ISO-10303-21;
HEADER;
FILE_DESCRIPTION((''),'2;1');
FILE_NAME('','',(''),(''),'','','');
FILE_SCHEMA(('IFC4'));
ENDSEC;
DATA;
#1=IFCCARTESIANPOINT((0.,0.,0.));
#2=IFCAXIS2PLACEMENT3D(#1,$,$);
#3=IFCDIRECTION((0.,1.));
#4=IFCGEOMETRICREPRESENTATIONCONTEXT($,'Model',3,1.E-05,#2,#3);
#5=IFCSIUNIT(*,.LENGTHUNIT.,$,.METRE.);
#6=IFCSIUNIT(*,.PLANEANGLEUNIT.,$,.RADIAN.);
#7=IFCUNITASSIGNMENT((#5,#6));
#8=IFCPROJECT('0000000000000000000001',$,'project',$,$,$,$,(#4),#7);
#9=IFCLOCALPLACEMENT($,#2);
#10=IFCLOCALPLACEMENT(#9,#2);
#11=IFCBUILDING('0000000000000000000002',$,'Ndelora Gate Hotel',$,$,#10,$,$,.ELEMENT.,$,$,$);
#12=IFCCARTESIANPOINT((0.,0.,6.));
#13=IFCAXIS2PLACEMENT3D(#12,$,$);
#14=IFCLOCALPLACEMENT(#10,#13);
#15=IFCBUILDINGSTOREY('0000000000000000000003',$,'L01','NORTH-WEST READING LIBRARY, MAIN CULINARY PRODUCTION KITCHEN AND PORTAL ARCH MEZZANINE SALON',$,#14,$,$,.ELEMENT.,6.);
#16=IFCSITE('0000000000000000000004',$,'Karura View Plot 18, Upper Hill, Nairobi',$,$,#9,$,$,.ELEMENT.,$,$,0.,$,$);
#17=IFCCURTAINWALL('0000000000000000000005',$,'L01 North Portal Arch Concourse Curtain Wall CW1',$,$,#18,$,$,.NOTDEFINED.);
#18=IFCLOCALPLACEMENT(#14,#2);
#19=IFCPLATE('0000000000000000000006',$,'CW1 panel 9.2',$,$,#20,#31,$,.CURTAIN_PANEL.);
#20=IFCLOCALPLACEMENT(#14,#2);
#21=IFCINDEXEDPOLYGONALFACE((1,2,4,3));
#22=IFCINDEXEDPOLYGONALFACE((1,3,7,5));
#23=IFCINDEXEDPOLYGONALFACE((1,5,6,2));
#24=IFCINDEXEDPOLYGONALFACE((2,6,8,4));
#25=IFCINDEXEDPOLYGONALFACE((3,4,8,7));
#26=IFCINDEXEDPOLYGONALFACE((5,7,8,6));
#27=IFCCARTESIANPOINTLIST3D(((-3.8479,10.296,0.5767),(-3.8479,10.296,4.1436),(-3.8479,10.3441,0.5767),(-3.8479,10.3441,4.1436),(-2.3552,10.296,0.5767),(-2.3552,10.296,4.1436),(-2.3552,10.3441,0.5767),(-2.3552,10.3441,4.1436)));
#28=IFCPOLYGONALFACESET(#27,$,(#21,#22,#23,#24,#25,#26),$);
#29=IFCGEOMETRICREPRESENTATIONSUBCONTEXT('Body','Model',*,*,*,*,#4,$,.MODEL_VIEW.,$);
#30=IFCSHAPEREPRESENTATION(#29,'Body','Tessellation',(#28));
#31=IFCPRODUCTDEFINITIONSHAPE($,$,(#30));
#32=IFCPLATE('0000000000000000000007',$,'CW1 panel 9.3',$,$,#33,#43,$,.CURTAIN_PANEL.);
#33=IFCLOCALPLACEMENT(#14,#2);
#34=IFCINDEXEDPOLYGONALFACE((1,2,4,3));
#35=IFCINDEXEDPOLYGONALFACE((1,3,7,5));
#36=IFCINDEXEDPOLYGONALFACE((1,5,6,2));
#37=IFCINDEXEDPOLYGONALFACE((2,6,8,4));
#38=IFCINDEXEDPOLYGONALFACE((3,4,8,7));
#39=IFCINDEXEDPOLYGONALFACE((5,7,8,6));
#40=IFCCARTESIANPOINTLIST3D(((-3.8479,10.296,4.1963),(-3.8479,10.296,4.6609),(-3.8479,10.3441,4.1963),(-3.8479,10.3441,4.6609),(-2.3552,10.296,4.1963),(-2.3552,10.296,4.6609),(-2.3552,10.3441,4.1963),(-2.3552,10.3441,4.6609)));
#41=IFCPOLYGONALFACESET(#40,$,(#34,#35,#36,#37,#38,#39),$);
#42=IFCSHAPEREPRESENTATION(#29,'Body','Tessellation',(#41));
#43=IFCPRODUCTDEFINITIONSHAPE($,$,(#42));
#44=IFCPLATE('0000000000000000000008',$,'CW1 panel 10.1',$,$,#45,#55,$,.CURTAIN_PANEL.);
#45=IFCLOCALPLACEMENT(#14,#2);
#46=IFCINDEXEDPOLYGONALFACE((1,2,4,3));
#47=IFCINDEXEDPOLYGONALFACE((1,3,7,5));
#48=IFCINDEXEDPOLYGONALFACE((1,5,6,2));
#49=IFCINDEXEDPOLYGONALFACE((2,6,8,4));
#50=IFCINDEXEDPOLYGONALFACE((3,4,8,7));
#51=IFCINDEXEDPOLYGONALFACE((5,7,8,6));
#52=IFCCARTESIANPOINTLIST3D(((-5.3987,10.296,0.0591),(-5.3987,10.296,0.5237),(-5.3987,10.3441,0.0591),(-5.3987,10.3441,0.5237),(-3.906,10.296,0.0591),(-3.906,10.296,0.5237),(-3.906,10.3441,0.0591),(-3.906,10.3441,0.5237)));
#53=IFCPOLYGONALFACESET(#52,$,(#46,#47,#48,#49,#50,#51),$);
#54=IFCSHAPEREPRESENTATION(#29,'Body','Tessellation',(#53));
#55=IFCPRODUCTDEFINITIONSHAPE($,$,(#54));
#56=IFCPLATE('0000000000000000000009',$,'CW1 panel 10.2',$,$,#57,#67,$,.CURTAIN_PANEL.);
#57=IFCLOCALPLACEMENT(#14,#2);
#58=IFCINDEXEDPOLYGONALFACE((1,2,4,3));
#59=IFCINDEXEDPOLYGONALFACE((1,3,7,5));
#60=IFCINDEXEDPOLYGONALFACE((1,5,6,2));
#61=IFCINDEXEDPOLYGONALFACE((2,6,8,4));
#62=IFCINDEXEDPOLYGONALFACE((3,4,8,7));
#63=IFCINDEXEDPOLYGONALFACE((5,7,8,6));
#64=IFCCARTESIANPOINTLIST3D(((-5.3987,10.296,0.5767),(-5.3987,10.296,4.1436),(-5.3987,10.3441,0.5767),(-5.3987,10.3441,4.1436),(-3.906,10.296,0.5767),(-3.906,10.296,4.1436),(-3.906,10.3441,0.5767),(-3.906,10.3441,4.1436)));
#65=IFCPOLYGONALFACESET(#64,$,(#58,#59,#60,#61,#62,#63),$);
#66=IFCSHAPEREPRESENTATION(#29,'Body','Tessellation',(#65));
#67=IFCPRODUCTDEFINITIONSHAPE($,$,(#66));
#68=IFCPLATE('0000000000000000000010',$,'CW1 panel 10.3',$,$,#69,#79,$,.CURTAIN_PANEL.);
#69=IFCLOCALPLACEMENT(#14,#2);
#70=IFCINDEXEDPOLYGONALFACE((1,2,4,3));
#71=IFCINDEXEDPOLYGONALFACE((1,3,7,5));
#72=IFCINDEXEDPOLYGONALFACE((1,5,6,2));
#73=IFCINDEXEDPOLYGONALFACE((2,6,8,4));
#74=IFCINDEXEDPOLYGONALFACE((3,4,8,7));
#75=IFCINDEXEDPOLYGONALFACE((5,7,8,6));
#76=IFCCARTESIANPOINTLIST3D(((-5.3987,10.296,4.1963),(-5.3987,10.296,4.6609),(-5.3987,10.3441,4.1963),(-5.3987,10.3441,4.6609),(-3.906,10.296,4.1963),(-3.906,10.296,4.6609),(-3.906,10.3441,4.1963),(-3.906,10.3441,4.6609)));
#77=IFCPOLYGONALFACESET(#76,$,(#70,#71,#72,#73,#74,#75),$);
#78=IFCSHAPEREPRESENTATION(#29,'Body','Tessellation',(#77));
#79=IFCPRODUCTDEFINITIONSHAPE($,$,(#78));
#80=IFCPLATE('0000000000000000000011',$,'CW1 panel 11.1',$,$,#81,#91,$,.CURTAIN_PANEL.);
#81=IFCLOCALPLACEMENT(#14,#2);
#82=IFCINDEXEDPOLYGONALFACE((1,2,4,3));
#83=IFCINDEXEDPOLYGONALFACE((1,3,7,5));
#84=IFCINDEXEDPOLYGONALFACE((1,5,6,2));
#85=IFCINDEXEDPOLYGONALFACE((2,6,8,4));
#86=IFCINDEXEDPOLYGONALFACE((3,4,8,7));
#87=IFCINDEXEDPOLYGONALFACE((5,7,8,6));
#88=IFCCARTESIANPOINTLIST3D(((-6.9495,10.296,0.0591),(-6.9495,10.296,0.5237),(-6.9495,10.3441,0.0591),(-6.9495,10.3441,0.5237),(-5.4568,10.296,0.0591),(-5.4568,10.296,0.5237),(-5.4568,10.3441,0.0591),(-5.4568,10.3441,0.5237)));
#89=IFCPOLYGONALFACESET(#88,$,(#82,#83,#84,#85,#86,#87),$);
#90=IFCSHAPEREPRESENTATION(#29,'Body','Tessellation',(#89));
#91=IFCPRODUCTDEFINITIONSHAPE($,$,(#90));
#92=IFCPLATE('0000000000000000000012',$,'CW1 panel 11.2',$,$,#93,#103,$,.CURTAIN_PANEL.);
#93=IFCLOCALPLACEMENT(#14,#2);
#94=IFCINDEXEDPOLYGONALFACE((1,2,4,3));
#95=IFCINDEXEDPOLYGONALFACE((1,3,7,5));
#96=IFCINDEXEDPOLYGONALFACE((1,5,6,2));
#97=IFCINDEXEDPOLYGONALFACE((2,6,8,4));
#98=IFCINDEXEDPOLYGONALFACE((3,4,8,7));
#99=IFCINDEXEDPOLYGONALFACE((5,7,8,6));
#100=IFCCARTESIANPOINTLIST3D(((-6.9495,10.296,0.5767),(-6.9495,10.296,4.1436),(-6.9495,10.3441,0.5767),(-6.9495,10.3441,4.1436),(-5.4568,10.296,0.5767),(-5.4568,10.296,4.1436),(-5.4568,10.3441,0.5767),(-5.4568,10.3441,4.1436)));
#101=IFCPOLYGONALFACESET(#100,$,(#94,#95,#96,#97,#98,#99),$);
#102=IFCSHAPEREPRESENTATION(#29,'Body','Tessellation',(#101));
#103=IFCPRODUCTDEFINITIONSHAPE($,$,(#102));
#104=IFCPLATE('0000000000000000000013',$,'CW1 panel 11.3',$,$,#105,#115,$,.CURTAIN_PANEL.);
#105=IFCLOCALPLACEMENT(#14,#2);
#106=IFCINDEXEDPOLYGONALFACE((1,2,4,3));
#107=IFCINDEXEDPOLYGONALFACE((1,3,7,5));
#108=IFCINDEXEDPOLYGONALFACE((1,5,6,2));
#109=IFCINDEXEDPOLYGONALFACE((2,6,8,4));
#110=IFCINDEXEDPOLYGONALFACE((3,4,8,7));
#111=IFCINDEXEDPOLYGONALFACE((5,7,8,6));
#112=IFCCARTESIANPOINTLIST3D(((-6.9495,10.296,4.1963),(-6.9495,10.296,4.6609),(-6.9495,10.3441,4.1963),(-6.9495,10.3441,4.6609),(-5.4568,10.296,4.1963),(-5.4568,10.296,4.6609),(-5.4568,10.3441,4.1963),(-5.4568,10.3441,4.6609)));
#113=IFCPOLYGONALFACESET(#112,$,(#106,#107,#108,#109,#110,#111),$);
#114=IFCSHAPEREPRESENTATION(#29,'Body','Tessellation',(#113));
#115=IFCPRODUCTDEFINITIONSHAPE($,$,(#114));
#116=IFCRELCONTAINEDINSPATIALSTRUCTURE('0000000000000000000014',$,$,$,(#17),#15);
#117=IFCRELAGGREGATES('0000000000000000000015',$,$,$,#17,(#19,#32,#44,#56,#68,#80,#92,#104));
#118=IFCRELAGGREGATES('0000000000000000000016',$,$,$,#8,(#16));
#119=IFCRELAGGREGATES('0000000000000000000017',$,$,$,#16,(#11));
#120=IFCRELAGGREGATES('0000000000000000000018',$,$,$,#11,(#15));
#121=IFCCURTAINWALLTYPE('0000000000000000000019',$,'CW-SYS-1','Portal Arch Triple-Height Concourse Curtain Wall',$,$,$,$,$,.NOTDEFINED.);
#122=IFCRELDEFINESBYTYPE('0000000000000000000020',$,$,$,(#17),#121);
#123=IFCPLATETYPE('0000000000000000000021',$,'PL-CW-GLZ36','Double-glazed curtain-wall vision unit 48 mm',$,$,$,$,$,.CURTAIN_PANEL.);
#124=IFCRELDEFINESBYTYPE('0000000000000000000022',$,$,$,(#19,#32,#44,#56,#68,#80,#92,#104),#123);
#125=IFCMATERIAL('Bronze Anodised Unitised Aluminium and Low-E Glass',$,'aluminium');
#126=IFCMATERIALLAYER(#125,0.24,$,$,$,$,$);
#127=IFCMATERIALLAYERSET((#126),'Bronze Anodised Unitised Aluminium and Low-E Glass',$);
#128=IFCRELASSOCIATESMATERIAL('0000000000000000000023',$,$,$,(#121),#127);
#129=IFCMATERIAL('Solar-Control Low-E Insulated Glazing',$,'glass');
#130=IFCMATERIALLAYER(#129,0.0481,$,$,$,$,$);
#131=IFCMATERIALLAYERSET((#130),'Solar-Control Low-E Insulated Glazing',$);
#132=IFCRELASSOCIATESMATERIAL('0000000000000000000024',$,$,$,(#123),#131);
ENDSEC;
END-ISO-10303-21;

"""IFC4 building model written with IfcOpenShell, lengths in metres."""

from ifc_helpers import new_model, si_unit, direction, frame, origin, origin_2d, place, context, subcontext, project, spatial, rectangle, extrude, material, layer, layer_set, type_object, element, aggregate, save


model = new_model("IFC4")

# Units and contexts
model_context = context("Model", 3, precision=1e-05, world=origin(), true_north=direction((0.0, 1.0)))
body_context = subcontext(model_context, "Body", "Model", "MODEL_VIEW")
ifc_project = project(units=[si_unit("LENGTHUNIT", "METRE"), si_unit("PLANEANGLEUNIT", "RADIAN")], contexts=[model_context])

# Site, building, storey
site_placement = place(None, origin())
site = spatial("IfcSite", under=ifc_project, at=site_placement, Name="Karura View Plot 18, Upper Hill, Nairobi", CompositionType="ELEMENT", RefElevation=0.0)
building_placement = place(site_placement, origin())
building = spatial("IfcBuilding", under=site, at=building_placement, Name="Ndelora Gate Hotel", CompositionType="ELEMENT")
storey_placement = place(building_placement, frame((0.0, 0.0, 6.0)))
storey = spatial("IfcBuildingStorey", under=building, at=storey_placement, Name="L01", Description="NORTH-WEST READING LIBRARY, MAIN CULINARY PRODUCTION KITCHEN AND PORTAL ARCH MEZZANINE SALON", CompositionType="ELEMENT", Elevation=6.0)

# Curtain wall, plates
ifc_material_1 = material(Name="Bronze Anodised Unitised Aluminium and Low-E Glass", Category="aluminium")
ifc_layer_1 = layer(ifc_material_1, 0.24)
ifc_layer_set_1 = layer_set([ifc_layer_1], Name="Bronze Anodised Unitised Aluminium and Low-E Glass")
curtain_wall_type = type_object("IfcCurtainWallType", Name="CW-SYS-1", Description="Portal Arch Triple-Height Concourse Curtain Wall", PredefinedType="NOTDEFINED", material=ifc_layer_set_1)
curtain_wall_placement = place(storey_placement, origin())
curtain_wall = element("IfcCurtainWall", 1, at=curtain_wall_placement, inside=storey, type_object=curtain_wall_type, Name="L01 North Portal Arch Concourse Curtain Wall CW1", PredefinedType="NOTDEFINED")
ifc_material_2 = material(Name="Solar-Control Low-E Insulated Glazing", Category="glass")
ifc_layer_2 = layer(ifc_material_2, 0.0481)
ifc_layer_set_2 = layer_set([ifc_layer_2], Name="Solar-Control Low-E Insulated Glazing")
plate_type = type_object("IfcPlateType", Name="PL-CW-GLZ36", Description="Double-glazed curtain-wall vision unit 48 mm", PredefinedType="CURTAIN_PANEL", material=ifc_layer_set_2)
plate_1_placement = place(storey_placement, frame((-3.1016, 10.3201, 0.5767), z_axis=(0.0, 0.0, 1.0), x_axis=(-1.0, 0.0, 0.0)))
plate_1 = element("IfcPlate", 2, at=plate_1_placement, type_object=plate_type, Name="CW1 panel 9.2", PredefinedType="CURTAIN_PANEL", context=body_context, shape_type="SweptSolid", body=[
    extrude(rectangle(XDim=1.4927, YDim=0.0481, at=origin_2d()), origin(), (0.0, 0.0, 1.0), 3.5669),
])
plate_2_placement = place(storey_placement, frame((-3.1016, 10.3201, 4.1963), z_axis=(0.0, 0.0, 1.0), x_axis=(-1.0, 0.0, 0.0)))
plate_2 = element("IfcPlate", 3, at=plate_2_placement, type_object=plate_type, Name="CW1 panel 9.3", PredefinedType="CURTAIN_PANEL", context=body_context, shape_type="SweptSolid", body=[
    extrude(rectangle(XDim=1.4927, YDim=0.0481, at=origin_2d()), origin(), (0.0, 0.0, 1.0), 0.4646),
])
plate_3_placement = place(storey_placement, frame((-4.6523, 10.3201, 0.0591), z_axis=(0.0, 0.0, 1.0), x_axis=(-1.0, 0.0, 0.0)))
plate_3 = element("IfcPlate", 4, at=plate_3_placement, type_object=plate_type, Name="CW1 panel 10.1", PredefinedType="CURTAIN_PANEL", context=body_context, shape_type="SweptSolid", body=[
    extrude(rectangle(XDim=1.4927, YDim=0.0481, at=origin_2d()), origin(), (0.0, 0.0, 1.0), 0.4646),
])
plate_4_placement = place(storey_placement, frame((-4.6523, 10.3201, 0.5767), z_axis=(0.0, 0.0, 1.0), x_axis=(-1.0, 0.0, 0.0)))
plate_4 = element("IfcPlate", 5, at=plate_4_placement, type_object=plate_type, Name="CW1 panel 10.2", PredefinedType="CURTAIN_PANEL", context=body_context, shape_type="SweptSolid", body=[
    extrude(rectangle(XDim=1.4927, YDim=0.0481, at=origin_2d()), origin(), (0.0, 0.0, 1.0), 3.5669),
])
plate_5_placement = place(storey_placement, frame((-4.6523, 10.3201, 4.1963), z_axis=(0.0, 0.0, 1.0), x_axis=(-1.0, 0.0, 0.0)))
plate_5 = element("IfcPlate", 6, at=plate_5_placement, type_object=plate_type, Name="CW1 panel 10.3", PredefinedType="CURTAIN_PANEL", context=body_context, shape_type="SweptSolid", body=[
    extrude(rectangle(XDim=1.4927, YDim=0.0481, at=origin_2d()), origin(), (0.0, 0.0, 1.0), 0.4646),
])
plate_6_placement = place(storey_placement, frame((-6.2031, 10.3201, 0.0591), z_axis=(0.0, 0.0, 1.0), x_axis=(-1.0, 0.0, 0.0)))
plate_6 = element("IfcPlate", 7, at=plate_6_placement, type_object=plate_type, Name="CW1 panel 11.1", PredefinedType="CURTAIN_PANEL", context=body_context, shape_type="SweptSolid", body=[
    extrude(rectangle(XDim=1.4927, YDim=0.0481, at=origin_2d()), origin(), (0.0, 0.0, 1.0), 0.4646),
])
plate_7_placement = place(storey_placement, frame((-6.2031, 10.3201, 0.5767), z_axis=(0.0, 0.0, 1.0), x_axis=(-1.0, 0.0, 0.0)))
plate_7 = element("IfcPlate", 8, at=plate_7_placement, type_object=plate_type, Name="CW1 panel 11.2", PredefinedType="CURTAIN_PANEL", context=body_context, shape_type="SweptSolid", body=[
    extrude(rectangle(XDim=1.4927, YDim=0.0481, at=origin_2d()), origin(), (0.0, 0.0, 1.0), 3.5669),
])
plate_8_placement = place(storey_placement, frame((-6.2031, 10.3201, 4.1963), z_axis=(0.0, 0.0, 1.0), x_axis=(-1.0, 0.0, 0.0)))
plate_8 = element("IfcPlate", 9, at=plate_8_placement, type_object=plate_type, Name="CW1 panel 11.3", PredefinedType="CURTAIN_PANEL", context=body_context, shape_type="SweptSolid", body=[
    extrude(rectangle(XDim=1.4927, YDim=0.0481, at=origin_2d()), origin(), (0.0, 0.0, 1.0), 0.4646),
])
aggregate(curtain_wall, [plate_1, plate_2, plate_3, plate_4, plate_5, plate_6, plate_7, plate_8])

save(model, "model.ifc")
